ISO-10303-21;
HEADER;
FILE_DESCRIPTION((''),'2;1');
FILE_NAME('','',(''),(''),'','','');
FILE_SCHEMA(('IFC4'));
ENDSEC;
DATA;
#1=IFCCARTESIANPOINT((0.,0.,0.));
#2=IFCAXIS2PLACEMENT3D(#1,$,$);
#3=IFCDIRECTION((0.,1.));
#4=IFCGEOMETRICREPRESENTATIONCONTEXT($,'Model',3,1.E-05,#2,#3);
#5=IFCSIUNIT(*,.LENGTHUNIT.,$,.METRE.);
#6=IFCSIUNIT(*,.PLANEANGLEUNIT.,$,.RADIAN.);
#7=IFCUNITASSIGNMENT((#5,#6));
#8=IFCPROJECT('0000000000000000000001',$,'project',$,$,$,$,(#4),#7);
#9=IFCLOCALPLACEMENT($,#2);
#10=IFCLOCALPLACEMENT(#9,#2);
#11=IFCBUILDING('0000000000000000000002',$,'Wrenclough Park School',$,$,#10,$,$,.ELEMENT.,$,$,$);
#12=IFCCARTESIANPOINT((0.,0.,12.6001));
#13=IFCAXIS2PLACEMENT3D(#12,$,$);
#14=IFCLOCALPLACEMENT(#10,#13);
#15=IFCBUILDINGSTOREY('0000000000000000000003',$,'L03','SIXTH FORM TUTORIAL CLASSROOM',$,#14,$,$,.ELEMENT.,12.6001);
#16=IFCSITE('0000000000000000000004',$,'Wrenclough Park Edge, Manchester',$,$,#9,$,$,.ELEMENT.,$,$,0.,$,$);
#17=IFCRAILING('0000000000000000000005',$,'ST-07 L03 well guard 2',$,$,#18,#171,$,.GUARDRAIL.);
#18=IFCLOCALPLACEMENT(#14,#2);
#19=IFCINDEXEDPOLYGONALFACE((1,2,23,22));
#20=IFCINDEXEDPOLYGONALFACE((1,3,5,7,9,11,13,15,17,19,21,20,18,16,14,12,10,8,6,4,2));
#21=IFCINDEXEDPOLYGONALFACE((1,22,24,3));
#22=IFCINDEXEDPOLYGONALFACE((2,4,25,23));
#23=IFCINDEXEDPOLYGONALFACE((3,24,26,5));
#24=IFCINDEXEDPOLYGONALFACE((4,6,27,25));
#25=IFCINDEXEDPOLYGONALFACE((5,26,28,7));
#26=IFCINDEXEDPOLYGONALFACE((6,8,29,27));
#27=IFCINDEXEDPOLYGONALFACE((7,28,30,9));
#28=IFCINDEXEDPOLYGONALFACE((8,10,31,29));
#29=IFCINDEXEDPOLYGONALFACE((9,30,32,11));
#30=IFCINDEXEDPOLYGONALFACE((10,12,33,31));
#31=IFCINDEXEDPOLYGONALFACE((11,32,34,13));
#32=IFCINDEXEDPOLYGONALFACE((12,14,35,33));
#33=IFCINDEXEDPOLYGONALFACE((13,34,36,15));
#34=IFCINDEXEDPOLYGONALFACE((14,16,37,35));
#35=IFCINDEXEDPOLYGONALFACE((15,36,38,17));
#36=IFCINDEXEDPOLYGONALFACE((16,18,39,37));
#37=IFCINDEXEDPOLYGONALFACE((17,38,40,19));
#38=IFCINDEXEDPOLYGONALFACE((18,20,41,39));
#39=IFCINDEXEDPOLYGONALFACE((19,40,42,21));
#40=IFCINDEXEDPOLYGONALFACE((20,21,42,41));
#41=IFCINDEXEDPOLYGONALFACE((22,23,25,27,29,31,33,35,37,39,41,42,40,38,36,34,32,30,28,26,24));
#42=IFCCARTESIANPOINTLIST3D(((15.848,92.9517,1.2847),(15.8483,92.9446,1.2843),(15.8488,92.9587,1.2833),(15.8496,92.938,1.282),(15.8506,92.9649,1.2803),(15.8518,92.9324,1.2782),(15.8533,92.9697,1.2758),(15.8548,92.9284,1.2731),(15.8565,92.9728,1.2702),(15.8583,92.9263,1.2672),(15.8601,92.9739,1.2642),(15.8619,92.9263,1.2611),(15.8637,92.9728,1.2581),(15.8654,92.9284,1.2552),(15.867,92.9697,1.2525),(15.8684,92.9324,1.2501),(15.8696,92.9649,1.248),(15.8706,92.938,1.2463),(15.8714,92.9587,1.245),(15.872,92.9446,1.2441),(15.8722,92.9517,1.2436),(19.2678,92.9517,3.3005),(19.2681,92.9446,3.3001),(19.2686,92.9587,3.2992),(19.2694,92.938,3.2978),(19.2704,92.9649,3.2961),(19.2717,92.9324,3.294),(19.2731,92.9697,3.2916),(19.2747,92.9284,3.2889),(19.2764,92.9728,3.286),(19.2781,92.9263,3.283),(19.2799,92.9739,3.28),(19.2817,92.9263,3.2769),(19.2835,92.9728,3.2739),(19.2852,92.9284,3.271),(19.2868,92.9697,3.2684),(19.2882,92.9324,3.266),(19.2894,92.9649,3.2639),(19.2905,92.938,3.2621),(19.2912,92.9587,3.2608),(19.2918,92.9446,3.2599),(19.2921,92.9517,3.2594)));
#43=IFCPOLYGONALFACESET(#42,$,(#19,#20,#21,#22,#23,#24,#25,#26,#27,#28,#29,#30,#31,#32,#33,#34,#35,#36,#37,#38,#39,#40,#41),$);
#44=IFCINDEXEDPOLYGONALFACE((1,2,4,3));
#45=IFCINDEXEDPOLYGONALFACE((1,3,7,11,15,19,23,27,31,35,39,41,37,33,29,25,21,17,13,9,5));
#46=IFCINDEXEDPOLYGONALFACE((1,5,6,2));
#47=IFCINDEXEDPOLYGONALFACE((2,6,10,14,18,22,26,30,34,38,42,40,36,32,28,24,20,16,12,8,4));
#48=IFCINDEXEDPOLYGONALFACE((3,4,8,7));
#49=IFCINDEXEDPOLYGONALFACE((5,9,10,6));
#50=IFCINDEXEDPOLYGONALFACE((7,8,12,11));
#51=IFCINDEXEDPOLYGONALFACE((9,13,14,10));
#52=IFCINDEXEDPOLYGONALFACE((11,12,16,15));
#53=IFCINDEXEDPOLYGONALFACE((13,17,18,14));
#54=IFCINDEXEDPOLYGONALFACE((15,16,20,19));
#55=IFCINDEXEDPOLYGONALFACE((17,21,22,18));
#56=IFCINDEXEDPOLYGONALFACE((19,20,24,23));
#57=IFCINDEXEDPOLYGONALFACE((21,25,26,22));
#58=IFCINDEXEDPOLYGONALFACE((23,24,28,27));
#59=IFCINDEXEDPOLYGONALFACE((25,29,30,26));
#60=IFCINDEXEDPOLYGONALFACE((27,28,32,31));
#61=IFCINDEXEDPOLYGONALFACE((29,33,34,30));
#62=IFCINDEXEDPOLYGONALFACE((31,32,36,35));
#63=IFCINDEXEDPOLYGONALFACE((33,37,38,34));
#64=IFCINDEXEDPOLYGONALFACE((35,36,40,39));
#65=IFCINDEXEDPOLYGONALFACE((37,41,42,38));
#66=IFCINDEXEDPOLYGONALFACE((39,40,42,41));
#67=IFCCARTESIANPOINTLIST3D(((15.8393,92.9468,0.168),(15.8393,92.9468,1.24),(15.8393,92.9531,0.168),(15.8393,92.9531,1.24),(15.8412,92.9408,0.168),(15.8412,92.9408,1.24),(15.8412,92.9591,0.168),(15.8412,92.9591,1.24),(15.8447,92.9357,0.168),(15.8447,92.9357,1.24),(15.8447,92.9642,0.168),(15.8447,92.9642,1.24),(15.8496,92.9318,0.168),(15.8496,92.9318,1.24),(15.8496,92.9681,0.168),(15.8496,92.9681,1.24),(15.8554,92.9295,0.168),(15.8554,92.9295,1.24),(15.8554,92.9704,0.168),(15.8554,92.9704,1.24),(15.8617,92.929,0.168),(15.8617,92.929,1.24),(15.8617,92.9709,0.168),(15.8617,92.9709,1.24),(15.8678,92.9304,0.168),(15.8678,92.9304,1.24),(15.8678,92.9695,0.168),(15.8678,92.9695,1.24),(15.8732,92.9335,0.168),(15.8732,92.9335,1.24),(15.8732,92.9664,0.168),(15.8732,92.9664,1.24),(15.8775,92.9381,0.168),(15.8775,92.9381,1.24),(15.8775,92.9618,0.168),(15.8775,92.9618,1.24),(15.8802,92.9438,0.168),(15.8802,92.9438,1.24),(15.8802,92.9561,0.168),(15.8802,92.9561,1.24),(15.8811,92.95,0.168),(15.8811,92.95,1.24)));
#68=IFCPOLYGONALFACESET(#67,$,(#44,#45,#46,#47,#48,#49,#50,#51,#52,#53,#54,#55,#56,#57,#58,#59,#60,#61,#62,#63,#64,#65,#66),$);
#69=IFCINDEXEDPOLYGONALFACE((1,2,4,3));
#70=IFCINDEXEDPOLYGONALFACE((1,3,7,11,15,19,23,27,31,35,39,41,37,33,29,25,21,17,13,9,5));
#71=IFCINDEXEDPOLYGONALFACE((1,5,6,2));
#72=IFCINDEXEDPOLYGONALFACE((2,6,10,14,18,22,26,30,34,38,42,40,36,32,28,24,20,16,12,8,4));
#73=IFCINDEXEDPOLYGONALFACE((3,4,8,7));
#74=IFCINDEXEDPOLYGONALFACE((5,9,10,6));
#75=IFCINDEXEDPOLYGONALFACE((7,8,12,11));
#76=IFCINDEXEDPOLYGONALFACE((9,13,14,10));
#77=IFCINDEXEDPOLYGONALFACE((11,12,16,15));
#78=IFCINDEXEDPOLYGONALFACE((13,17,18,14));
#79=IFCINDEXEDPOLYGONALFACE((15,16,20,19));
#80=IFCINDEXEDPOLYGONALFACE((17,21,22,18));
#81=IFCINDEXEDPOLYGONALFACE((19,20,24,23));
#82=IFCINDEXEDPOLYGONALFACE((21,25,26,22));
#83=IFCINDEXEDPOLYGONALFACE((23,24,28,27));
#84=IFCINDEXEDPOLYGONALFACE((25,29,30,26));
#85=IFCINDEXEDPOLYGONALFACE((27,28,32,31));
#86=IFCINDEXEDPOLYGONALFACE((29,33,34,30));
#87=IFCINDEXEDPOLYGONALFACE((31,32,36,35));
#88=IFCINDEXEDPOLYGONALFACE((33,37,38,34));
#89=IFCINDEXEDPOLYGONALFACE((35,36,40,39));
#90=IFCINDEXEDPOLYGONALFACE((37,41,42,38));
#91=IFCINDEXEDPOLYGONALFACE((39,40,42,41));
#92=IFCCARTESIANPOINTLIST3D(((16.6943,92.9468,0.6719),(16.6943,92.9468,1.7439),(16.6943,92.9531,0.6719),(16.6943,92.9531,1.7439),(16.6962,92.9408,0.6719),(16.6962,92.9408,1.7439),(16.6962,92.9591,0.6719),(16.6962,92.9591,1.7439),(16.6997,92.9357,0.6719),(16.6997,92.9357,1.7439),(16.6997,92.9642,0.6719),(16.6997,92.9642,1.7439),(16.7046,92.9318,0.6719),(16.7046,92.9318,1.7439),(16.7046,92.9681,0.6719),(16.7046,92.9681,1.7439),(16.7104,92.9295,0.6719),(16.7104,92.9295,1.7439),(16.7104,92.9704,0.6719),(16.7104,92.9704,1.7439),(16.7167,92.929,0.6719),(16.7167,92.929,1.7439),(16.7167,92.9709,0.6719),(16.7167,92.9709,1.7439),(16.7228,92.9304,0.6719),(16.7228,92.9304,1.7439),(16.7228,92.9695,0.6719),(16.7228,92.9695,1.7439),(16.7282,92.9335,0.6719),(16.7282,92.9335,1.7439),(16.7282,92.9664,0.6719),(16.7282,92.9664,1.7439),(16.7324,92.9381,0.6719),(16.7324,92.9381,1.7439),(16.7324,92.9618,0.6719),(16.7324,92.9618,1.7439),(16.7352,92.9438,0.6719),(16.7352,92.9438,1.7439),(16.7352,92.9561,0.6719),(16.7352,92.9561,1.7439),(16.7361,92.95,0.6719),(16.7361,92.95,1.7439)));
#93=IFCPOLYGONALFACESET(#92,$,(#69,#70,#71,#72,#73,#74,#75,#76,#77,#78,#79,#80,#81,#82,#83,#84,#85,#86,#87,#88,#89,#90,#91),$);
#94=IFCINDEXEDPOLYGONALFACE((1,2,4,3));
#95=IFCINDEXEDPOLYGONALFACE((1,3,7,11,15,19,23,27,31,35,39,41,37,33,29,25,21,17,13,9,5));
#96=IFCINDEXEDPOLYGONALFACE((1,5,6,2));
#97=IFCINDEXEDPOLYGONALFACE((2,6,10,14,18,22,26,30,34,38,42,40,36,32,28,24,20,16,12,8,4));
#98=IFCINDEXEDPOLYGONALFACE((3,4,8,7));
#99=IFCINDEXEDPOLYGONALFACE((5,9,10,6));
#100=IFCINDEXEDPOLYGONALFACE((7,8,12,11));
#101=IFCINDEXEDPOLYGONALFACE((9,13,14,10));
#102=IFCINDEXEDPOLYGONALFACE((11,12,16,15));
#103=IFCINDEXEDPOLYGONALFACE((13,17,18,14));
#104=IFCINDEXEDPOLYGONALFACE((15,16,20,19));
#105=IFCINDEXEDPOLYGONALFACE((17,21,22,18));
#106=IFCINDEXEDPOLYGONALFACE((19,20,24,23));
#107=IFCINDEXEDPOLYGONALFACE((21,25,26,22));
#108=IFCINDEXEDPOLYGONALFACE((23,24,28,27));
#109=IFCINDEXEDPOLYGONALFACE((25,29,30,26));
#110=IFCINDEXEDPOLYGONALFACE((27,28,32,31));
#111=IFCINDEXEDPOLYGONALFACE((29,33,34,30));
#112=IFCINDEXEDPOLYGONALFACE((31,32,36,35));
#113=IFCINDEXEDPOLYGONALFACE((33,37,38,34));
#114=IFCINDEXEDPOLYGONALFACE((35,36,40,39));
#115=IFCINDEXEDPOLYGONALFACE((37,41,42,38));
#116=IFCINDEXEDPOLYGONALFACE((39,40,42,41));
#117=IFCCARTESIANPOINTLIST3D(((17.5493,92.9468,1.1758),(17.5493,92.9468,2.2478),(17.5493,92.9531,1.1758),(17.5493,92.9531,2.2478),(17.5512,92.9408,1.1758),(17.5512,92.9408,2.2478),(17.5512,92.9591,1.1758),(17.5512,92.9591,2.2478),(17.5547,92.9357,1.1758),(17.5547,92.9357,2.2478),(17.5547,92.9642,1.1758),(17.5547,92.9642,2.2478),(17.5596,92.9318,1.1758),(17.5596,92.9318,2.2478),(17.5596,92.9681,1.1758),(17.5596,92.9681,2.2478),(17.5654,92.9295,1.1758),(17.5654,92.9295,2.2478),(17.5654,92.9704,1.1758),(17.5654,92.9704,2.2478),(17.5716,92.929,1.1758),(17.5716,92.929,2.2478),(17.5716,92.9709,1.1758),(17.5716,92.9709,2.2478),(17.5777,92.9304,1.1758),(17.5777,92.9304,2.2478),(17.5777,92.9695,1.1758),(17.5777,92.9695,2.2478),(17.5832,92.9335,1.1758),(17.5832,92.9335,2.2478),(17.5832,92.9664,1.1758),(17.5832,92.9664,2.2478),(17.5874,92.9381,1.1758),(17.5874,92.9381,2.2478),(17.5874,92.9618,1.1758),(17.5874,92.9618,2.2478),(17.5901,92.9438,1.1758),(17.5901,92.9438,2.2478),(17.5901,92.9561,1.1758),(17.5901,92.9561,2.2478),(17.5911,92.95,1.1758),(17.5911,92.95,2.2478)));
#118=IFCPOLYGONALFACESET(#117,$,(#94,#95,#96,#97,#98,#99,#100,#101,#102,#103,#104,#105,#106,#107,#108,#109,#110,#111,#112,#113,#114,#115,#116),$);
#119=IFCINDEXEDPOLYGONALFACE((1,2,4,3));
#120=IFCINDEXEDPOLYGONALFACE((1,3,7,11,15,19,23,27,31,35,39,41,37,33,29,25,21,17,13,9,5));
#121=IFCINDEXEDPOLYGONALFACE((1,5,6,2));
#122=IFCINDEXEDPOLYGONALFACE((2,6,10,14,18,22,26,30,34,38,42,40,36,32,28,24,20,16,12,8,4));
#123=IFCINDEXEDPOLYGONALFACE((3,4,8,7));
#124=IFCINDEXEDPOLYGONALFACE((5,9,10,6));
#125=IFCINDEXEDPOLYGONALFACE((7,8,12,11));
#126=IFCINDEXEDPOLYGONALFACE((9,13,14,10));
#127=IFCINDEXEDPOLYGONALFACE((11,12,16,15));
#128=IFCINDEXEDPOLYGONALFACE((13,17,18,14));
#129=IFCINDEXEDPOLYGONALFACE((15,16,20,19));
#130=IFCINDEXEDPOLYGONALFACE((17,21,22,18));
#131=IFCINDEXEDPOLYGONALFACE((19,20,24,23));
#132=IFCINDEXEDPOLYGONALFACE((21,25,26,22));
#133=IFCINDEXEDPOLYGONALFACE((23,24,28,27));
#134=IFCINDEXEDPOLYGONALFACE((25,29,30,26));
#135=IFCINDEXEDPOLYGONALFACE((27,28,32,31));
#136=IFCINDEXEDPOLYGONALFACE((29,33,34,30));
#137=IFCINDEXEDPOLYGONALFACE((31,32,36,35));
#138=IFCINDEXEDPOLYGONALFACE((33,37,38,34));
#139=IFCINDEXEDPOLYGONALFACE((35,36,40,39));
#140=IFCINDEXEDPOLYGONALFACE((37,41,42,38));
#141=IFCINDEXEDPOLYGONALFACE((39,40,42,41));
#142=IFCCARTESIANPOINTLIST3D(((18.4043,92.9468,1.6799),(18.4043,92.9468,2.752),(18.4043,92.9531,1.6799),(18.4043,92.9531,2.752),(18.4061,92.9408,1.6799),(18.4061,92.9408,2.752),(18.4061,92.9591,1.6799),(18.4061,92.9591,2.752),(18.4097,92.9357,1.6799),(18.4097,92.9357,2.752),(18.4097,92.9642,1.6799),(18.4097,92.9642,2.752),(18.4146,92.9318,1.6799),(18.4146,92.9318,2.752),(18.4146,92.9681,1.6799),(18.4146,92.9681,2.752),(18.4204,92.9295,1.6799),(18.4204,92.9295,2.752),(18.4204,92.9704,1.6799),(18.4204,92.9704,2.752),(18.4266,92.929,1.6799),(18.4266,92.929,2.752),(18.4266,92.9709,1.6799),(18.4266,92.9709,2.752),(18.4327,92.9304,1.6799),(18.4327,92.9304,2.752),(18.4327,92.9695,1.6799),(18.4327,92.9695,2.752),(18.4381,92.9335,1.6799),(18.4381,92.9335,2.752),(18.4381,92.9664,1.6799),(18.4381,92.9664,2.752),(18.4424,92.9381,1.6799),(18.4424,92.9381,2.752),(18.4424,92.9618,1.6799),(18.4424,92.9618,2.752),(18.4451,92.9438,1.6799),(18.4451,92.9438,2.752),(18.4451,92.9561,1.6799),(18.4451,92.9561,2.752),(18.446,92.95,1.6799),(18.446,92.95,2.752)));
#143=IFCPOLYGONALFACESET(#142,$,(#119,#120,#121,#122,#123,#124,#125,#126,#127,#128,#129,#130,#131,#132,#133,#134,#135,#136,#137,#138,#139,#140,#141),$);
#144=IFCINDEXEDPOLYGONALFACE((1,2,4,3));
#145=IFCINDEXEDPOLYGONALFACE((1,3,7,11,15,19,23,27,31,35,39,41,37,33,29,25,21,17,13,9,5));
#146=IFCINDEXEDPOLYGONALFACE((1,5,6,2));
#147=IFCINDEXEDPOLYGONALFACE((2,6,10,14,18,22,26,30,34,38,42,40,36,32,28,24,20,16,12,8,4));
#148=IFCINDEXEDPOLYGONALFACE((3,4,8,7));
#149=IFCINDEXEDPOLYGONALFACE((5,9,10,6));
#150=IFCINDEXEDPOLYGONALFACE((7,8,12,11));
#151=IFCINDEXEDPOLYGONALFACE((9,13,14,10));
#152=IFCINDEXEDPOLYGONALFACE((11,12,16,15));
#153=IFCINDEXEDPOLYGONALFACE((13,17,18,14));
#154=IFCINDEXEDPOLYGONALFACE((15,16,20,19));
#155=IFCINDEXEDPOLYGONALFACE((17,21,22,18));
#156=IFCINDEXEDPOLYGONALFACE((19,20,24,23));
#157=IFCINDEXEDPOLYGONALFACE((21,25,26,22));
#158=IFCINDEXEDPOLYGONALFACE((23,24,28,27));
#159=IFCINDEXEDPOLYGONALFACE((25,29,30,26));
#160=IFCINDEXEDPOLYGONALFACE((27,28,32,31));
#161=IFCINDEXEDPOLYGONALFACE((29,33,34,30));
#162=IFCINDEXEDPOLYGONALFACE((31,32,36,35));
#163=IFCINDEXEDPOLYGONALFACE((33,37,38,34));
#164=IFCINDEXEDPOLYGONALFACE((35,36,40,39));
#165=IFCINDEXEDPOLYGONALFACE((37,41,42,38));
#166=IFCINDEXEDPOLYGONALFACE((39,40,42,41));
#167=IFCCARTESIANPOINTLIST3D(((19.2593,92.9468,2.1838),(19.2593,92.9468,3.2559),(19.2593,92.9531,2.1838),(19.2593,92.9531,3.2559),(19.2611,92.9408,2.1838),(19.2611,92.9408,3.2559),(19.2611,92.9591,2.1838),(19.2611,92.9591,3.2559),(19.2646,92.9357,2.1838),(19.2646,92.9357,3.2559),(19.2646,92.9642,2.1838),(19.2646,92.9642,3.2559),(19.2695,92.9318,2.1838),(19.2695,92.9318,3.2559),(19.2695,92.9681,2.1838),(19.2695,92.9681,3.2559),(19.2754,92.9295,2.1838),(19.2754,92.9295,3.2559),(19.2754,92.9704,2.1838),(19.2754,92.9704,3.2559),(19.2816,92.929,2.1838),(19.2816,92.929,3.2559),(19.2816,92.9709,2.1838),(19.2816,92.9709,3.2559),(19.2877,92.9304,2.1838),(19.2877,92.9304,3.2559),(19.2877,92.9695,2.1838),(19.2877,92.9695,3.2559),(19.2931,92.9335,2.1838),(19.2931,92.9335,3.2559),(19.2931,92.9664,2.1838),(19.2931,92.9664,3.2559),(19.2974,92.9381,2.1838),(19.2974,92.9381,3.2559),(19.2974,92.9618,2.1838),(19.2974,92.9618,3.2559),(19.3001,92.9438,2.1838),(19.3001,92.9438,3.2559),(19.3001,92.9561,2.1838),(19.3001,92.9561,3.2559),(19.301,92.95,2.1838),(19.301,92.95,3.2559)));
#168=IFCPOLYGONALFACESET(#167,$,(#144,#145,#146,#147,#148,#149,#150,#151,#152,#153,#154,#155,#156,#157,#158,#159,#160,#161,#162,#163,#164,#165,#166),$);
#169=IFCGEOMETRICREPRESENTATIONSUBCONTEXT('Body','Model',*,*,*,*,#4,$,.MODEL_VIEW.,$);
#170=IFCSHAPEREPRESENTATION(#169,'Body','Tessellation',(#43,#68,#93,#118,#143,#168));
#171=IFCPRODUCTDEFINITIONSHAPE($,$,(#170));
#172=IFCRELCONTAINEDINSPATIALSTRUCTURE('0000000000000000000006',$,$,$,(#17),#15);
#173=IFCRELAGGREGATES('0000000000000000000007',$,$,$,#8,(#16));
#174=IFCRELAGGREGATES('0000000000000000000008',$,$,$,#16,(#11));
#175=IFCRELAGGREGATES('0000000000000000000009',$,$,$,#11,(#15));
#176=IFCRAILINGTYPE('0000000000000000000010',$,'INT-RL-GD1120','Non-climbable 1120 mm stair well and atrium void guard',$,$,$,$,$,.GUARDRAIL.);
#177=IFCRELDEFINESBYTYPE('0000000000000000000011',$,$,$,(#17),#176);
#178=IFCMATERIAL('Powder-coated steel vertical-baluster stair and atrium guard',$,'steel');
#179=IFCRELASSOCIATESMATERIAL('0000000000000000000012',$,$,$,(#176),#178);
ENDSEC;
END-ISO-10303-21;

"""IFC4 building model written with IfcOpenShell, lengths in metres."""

from ifc_helpers import new_model, si_unit, direction, frame, origin, origin_2d, place, context, subcontext, project, spatial, circle, extrude, material, type_object, element, save


model = new_model("IFC4")

# Units and contexts
model_context = context("Model", 3, precision=1e-05, world=origin(), true_north=direction((0.0, 1.0)))
body_context = subcontext(model_context, "Body", "Model", "MODEL_VIEW")
ifc_project = project(units=[si_unit("LENGTHUNIT", "METRE"), si_unit("PLANEANGLEUNIT", "RADIAN")], contexts=[model_context])

# Site, building, storey
site_placement = place(None, origin())
site = spatial("IfcSite", under=ifc_project, at=site_placement, Name="Wrenclough Park Edge, Manchester", CompositionType="ELEMENT", RefElevation=0.0)
building_placement = place(site_placement, origin())
building = spatial("IfcBuilding", under=site, at=building_placement, Name="Wrenclough Park School", CompositionType="ELEMENT")
storey_placement = place(building_placement, frame((0.0, 0.0, 12.6001)))
storey = spatial("IfcBuildingStorey", under=building, at=storey_placement, Name="L03", Description="SIXTH FORM TUTORIAL CLASSROOM", CompositionType="ELEMENT", Elevation=12.6001)

# Railing
ifc_material_1 = material(Name="Powder-coated steel vertical-baluster stair and atrium guard", Category="steel")
railing_type_1 = type_object("IfcRailingType", Name="INT-RL-GD1120", Description="Non-climbable 1120 mm stair well and atrium void guard", PredefinedType="GUARDRAIL", material=ifc_material_1)
railing_1_placement = place(storey_placement, frame((15.8601, 92.95, 0.168)))
element("IfcRailing", 1, at=railing_1_placement, inside=storey, type_object=railing_type_1, Name="ST-07 L03 well guard 2", PredefinedType="GUARDRAIL", context=body_context, shape_type="SweptSolid", body=[
    extrude(circle(Radius=0.0239, at=origin_2d()), frame((0.0, 0.0, 1.0962), z_axis=(0.861477, 0.0, 0.507797), x_axis=(0.0, 1.0, 0.0)), (0.0, 0.0, 1.0), 3.9697),
    extrude(circle(Radius=0.021, at=origin_2d()), origin(), (0.0, 0.0, 1.0), 1.072),
    extrude(circle(Radius=0.021, at=origin_2d()), frame((0.855, 0.0, 0.5039)), (0.0, 0.0, 1.0), 1.072),
    extrude(circle(Radius=0.021, at=origin_2d()), frame((1.71, 0.0, 1.0078)), (0.0, 0.0, 1.0), 1.072),
    extrude(circle(Radius=0.021, at=origin_2d()), frame((2.5649, 0.0, 1.512)), (0.0, 0.0, 1.0), 1.072),
    extrude(circle(Radius=0.021, at=origin_2d()), frame((3.4199, 0.0, 2.0159)), (0.0, 0.0, 1.0), 1.072),
])

save(model, "model.ifc")
